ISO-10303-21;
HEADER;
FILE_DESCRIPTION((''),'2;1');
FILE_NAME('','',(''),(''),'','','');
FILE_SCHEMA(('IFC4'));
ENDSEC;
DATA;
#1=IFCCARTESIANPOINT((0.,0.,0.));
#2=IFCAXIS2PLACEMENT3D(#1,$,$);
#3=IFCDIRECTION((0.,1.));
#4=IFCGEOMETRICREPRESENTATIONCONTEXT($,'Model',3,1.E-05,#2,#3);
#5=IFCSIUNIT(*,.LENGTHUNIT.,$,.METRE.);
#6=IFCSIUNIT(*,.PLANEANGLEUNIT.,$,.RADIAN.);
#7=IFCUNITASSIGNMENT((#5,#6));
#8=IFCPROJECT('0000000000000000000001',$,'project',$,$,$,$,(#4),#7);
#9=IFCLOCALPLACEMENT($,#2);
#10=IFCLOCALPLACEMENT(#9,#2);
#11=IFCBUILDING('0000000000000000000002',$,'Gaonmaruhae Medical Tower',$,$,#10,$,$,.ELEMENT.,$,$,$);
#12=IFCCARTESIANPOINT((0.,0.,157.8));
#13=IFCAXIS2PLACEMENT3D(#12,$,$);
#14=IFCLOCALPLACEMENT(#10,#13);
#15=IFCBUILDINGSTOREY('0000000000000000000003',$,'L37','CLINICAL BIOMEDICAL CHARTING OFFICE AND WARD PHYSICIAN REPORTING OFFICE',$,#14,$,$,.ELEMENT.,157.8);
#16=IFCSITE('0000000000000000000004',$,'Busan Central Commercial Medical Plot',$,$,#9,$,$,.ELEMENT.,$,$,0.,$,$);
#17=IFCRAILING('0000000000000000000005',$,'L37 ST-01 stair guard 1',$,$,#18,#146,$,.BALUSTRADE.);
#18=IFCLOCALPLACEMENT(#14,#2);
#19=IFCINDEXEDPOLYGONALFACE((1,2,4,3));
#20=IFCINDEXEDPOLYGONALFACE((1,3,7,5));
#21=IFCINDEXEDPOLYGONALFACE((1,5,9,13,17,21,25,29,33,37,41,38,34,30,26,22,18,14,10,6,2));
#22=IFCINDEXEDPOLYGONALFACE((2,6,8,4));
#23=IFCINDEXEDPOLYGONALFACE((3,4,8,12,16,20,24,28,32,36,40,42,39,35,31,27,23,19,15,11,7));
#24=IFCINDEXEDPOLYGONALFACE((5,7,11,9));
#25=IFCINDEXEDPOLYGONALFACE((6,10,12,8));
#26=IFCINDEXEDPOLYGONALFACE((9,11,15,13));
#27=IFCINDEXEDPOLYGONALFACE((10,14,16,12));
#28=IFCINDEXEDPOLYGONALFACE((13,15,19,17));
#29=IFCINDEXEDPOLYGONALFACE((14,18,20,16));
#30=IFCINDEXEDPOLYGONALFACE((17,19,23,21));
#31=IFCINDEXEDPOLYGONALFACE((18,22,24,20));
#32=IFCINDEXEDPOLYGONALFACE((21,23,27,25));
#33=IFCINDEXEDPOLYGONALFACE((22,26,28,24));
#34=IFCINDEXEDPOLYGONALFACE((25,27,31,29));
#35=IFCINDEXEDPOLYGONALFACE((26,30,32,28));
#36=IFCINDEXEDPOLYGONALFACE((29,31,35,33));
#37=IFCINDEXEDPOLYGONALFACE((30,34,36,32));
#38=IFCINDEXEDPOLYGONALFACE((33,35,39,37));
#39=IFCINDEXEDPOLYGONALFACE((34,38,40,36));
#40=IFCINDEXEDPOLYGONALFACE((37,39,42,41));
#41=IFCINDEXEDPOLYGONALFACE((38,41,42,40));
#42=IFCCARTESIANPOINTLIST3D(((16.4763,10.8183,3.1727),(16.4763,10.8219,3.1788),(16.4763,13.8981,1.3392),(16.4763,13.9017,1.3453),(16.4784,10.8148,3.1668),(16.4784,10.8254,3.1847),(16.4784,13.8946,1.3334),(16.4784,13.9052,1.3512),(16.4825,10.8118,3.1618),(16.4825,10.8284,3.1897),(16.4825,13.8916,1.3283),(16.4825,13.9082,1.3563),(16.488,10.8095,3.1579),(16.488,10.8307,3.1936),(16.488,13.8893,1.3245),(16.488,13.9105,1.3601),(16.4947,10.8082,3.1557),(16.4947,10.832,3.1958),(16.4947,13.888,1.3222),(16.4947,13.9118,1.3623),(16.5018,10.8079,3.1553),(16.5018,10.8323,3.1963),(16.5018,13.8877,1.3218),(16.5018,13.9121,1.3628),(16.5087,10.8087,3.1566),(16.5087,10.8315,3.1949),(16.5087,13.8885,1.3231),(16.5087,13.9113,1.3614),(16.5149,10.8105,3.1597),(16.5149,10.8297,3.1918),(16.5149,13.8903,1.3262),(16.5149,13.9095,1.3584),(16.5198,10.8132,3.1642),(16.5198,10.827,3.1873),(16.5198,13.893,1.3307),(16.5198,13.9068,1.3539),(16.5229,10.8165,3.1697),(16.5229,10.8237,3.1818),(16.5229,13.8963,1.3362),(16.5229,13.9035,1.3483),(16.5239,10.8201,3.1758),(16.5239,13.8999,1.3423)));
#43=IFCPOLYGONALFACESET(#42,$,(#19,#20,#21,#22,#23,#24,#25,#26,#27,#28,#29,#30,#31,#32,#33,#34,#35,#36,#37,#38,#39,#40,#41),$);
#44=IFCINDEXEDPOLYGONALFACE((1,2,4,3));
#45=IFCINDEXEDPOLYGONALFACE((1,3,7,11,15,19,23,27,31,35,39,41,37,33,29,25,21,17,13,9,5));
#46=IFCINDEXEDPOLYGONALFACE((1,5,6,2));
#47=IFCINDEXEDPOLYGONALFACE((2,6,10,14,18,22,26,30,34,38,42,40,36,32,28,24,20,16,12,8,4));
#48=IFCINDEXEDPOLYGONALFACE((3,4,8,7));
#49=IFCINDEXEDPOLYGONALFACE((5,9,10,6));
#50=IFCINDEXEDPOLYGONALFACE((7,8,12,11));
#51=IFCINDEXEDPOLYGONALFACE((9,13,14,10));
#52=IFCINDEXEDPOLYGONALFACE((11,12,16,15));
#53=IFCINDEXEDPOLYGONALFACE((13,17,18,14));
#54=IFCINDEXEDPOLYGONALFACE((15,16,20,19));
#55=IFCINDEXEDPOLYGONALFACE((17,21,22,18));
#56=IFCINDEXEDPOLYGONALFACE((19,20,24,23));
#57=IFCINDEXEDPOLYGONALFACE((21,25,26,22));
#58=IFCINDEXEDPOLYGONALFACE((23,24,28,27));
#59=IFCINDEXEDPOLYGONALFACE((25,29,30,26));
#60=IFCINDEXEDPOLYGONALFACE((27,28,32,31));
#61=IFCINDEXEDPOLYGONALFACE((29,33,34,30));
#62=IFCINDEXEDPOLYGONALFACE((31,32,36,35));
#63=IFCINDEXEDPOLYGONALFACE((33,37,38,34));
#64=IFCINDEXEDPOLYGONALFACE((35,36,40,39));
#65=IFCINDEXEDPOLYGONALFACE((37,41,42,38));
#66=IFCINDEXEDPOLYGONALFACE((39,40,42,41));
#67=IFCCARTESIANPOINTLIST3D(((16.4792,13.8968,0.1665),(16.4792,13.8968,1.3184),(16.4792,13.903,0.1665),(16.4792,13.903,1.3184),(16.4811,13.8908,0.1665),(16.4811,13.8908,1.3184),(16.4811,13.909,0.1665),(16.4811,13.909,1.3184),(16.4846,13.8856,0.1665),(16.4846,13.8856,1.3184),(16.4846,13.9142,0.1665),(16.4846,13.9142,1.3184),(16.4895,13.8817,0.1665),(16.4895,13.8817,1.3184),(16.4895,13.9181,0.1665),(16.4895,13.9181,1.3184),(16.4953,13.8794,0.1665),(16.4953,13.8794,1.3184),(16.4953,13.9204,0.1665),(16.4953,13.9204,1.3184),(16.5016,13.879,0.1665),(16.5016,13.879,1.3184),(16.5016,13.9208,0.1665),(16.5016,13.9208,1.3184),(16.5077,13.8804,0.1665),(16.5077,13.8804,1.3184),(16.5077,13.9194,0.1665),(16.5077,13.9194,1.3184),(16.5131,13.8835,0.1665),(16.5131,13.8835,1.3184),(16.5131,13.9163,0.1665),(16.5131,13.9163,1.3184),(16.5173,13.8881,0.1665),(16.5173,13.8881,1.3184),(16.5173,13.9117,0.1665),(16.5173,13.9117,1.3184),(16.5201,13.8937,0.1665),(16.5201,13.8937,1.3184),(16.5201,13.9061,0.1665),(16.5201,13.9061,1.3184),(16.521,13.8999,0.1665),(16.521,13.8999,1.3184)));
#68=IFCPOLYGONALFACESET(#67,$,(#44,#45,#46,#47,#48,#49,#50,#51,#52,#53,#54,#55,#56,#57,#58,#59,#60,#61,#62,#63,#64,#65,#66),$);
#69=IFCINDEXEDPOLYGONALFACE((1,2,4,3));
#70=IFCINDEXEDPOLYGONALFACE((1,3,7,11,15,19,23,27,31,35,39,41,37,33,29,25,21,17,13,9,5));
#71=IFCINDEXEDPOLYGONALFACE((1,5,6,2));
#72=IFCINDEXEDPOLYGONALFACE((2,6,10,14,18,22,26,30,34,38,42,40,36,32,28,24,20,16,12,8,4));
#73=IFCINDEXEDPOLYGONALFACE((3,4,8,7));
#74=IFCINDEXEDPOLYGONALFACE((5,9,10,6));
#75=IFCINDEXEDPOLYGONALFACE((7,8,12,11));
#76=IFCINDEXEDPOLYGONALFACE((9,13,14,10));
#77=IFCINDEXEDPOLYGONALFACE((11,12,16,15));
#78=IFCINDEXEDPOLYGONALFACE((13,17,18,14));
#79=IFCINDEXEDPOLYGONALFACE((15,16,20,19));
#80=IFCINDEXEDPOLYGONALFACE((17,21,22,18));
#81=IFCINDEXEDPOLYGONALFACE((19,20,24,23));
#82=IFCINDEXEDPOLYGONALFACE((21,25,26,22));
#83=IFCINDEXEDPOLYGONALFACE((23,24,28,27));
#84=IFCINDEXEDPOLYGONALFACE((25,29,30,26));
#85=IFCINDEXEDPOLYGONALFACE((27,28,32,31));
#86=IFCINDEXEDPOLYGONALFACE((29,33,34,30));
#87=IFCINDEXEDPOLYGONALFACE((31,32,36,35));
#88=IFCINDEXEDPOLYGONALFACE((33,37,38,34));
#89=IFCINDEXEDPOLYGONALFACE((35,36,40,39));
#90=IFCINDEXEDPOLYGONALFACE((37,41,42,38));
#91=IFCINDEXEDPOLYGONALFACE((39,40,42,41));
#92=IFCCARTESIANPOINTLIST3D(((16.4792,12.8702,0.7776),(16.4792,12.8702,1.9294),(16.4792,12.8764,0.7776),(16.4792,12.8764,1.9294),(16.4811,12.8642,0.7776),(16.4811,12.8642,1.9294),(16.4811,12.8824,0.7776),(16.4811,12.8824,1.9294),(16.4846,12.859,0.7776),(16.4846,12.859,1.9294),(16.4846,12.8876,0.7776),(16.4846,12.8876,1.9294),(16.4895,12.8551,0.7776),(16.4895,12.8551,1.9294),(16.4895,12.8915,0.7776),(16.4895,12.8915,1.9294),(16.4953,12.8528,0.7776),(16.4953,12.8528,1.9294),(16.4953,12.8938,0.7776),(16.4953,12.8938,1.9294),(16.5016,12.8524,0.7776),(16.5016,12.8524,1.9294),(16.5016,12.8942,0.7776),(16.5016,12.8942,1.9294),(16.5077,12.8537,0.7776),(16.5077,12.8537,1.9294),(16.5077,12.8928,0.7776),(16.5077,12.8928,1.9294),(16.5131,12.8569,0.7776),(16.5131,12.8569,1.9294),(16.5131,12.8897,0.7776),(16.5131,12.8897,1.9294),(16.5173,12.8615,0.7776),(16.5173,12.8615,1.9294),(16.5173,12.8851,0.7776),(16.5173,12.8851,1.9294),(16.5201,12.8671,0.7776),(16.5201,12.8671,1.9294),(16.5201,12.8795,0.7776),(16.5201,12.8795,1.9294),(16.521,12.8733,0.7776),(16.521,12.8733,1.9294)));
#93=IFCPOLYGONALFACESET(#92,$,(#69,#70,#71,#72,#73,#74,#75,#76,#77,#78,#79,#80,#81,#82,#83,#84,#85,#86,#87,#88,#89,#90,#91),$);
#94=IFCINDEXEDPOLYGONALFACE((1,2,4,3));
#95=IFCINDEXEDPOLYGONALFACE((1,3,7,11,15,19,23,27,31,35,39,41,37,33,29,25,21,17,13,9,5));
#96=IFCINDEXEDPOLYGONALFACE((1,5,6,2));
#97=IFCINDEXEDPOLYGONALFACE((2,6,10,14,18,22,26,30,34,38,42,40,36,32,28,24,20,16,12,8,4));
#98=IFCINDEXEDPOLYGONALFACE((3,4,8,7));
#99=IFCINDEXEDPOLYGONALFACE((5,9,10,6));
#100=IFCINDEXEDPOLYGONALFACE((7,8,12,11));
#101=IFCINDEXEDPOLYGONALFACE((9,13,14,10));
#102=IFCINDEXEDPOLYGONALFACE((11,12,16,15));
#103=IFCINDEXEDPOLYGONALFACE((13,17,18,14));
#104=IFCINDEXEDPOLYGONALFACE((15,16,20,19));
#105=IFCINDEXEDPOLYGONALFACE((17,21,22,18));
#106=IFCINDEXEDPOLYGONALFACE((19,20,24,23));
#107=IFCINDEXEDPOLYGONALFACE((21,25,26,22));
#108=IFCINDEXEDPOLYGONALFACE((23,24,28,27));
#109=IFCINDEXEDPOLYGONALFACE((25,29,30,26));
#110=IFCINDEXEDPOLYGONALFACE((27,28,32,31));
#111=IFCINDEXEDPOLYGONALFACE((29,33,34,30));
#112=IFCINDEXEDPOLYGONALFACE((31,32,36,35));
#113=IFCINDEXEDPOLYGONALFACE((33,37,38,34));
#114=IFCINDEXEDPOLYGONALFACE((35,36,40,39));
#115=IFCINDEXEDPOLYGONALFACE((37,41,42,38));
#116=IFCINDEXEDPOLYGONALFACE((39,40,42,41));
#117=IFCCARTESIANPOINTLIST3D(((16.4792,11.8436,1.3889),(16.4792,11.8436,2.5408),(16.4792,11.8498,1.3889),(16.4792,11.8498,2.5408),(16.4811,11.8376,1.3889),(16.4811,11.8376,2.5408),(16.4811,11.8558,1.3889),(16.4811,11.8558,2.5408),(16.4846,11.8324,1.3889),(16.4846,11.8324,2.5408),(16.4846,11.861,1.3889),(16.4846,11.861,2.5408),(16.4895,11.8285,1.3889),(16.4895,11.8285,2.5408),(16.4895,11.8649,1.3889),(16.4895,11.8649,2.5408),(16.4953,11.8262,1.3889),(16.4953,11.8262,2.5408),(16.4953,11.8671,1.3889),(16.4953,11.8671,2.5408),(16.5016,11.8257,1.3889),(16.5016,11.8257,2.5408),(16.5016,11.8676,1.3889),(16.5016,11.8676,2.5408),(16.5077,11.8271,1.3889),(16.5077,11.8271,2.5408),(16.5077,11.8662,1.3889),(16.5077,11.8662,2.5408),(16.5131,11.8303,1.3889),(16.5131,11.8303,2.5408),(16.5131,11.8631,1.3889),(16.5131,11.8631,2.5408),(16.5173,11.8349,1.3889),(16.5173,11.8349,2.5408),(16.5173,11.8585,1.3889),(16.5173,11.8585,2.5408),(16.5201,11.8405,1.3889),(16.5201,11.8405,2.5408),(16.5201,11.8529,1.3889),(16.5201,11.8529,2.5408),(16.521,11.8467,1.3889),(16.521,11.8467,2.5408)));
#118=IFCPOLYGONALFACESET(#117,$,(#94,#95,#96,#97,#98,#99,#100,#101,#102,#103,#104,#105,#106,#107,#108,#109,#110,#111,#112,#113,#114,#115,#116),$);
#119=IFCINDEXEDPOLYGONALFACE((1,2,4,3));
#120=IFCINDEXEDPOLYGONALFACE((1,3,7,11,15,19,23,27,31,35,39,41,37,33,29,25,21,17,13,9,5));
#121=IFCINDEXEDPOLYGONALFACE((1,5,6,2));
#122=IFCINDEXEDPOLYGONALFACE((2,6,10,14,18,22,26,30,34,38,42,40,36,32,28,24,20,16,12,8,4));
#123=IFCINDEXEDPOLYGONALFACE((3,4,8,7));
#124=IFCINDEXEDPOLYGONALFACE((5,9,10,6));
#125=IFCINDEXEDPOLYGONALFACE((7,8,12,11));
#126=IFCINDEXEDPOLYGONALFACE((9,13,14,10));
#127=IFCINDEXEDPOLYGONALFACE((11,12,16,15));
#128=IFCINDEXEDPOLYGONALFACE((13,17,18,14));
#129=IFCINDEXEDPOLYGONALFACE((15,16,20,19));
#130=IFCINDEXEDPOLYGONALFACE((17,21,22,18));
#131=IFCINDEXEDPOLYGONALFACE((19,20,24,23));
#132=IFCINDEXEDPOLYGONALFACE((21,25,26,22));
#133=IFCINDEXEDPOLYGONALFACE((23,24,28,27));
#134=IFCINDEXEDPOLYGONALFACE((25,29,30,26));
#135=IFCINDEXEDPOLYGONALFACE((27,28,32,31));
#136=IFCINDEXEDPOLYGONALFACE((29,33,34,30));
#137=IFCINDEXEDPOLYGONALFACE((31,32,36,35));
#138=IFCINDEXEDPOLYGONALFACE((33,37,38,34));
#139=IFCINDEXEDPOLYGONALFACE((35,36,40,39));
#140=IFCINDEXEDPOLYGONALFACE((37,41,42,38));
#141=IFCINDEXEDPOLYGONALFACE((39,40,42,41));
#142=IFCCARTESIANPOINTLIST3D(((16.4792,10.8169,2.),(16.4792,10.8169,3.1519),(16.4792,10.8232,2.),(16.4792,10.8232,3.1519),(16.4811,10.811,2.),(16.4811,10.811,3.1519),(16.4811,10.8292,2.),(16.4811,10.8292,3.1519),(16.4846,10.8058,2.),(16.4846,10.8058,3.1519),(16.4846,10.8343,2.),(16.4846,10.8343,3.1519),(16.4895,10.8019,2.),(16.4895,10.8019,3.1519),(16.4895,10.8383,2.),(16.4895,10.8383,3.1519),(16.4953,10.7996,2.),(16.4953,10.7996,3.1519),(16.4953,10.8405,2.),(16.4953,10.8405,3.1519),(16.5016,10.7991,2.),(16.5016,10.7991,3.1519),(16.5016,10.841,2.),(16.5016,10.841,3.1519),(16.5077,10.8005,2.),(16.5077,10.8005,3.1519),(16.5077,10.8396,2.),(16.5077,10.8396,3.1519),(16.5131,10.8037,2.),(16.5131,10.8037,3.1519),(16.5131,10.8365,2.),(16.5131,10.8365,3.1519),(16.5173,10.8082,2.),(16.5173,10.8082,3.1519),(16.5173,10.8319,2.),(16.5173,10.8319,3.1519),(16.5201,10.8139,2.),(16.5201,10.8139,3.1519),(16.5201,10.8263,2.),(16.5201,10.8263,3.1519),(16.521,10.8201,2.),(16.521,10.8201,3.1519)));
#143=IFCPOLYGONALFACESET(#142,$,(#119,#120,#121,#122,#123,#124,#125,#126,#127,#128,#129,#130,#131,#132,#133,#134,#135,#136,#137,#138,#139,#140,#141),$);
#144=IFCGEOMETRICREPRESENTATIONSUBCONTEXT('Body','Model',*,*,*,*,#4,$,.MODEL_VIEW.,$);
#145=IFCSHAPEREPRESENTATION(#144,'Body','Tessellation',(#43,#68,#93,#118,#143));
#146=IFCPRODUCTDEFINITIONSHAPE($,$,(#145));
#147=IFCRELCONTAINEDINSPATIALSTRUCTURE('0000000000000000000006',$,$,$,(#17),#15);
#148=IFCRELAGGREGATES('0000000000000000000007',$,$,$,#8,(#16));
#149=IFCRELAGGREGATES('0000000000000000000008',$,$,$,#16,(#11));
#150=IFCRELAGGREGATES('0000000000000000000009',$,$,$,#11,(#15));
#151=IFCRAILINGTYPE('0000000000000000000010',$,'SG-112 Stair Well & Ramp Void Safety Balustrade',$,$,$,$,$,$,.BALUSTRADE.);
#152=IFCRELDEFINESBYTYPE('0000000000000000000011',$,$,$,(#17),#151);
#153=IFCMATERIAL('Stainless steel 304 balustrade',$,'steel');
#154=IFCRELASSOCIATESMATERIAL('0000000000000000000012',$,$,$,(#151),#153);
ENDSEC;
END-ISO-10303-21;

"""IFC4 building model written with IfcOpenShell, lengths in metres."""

from ifc_helpers import new_model, si_unit, direction, frame, origin, origin_2d, place, context, subcontext, project, spatial, circle, extrude, material, type_object, element, save


model = new_model("IFC4")

# Units and contexts
model_context = context("Model", 3, precision=1e-05, world=origin(), true_north=direction((0.0, 1.0)))
body_context = subcontext(model_context, "Body", "Model", "MODEL_VIEW")
ifc_project = project(units=[si_unit("LENGTHUNIT", "METRE"), si_unit("PLANEANGLEUNIT", "RADIAN")], contexts=[model_context])

# Site, building, storey
site_placement = place(None, origin())
site = spatial("IfcSite", under=ifc_project, at=site_placement, Name="Busan Central Commercial Medical Plot", CompositionType="ELEMENT", RefElevation=0.0)
building_placement = place(site_placement, origin())
building = spatial("IfcBuilding", under=site, at=building_placement, Name="Gaonmaruhae Medical Tower", CompositionType="ELEMENT")
storey_placement = place(building_placement, frame((0.0, 0.0, 157.8)))
storey = spatial("IfcBuildingStorey", under=building, at=storey_placement, Name="L37", Description="CLINICAL BIOMEDICAL CHARTING OFFICE AND WARD PHYSICIAN REPORTING OFFICE", CompositionType="ELEMENT", Elevation=157.8)

# Railing
ifc_material_1 = material(Name="Stainless steel 304 balustrade", Category="steel")
railing_type_1 = type_object("IfcRailingType", Name="SG-112 Stair Well & Ramp Void Safety Balustrade", PredefinedType="BALUSTRADE", material=ifc_material_1)
railing_1_placement = place(storey_placement, frame((16.5, 13.8999, 0.1665)))
element("IfcRailing", 1, at=railing_1_placement, inside=storey, type_object=railing_type_1, Name="L37 ST-01 stair guard 1", PredefinedType="BALUSTRADE", context=body_context, shape_type="SweptSolid", body=[
    extrude(circle(Radius=0.0239, at=origin_2d()), frame((0.0, 0.0, 1.1758), z_axis=(0.0, -0.859261, 0.511538), x_axis=(1.0, 0.0, 0.0)), (0.0, 0.0, 1.0), 3.5842),
    extrude(circle(Radius=0.021, at=origin_2d()), origin(), (0.0, 0.0, 1.0), 1.1519),
    extrude(circle(Radius=0.021, at=origin_2d()), frame((0.0, -1.0266, 0.6111)), (0.0, 0.0, 1.0), 1.1519),
    extrude(circle(Radius=0.021, at=origin_2d()), frame((0.0, -2.0532, 1.2224)), (0.0, 0.0, 1.0), 1.1519),
    extrude(circle(Radius=0.021, at=origin_2d()), frame((0.0, -3.0798, 1.8335)), (0.0, 0.0, 1.0), 1.1519),
])

save(model, "model.ifc")
